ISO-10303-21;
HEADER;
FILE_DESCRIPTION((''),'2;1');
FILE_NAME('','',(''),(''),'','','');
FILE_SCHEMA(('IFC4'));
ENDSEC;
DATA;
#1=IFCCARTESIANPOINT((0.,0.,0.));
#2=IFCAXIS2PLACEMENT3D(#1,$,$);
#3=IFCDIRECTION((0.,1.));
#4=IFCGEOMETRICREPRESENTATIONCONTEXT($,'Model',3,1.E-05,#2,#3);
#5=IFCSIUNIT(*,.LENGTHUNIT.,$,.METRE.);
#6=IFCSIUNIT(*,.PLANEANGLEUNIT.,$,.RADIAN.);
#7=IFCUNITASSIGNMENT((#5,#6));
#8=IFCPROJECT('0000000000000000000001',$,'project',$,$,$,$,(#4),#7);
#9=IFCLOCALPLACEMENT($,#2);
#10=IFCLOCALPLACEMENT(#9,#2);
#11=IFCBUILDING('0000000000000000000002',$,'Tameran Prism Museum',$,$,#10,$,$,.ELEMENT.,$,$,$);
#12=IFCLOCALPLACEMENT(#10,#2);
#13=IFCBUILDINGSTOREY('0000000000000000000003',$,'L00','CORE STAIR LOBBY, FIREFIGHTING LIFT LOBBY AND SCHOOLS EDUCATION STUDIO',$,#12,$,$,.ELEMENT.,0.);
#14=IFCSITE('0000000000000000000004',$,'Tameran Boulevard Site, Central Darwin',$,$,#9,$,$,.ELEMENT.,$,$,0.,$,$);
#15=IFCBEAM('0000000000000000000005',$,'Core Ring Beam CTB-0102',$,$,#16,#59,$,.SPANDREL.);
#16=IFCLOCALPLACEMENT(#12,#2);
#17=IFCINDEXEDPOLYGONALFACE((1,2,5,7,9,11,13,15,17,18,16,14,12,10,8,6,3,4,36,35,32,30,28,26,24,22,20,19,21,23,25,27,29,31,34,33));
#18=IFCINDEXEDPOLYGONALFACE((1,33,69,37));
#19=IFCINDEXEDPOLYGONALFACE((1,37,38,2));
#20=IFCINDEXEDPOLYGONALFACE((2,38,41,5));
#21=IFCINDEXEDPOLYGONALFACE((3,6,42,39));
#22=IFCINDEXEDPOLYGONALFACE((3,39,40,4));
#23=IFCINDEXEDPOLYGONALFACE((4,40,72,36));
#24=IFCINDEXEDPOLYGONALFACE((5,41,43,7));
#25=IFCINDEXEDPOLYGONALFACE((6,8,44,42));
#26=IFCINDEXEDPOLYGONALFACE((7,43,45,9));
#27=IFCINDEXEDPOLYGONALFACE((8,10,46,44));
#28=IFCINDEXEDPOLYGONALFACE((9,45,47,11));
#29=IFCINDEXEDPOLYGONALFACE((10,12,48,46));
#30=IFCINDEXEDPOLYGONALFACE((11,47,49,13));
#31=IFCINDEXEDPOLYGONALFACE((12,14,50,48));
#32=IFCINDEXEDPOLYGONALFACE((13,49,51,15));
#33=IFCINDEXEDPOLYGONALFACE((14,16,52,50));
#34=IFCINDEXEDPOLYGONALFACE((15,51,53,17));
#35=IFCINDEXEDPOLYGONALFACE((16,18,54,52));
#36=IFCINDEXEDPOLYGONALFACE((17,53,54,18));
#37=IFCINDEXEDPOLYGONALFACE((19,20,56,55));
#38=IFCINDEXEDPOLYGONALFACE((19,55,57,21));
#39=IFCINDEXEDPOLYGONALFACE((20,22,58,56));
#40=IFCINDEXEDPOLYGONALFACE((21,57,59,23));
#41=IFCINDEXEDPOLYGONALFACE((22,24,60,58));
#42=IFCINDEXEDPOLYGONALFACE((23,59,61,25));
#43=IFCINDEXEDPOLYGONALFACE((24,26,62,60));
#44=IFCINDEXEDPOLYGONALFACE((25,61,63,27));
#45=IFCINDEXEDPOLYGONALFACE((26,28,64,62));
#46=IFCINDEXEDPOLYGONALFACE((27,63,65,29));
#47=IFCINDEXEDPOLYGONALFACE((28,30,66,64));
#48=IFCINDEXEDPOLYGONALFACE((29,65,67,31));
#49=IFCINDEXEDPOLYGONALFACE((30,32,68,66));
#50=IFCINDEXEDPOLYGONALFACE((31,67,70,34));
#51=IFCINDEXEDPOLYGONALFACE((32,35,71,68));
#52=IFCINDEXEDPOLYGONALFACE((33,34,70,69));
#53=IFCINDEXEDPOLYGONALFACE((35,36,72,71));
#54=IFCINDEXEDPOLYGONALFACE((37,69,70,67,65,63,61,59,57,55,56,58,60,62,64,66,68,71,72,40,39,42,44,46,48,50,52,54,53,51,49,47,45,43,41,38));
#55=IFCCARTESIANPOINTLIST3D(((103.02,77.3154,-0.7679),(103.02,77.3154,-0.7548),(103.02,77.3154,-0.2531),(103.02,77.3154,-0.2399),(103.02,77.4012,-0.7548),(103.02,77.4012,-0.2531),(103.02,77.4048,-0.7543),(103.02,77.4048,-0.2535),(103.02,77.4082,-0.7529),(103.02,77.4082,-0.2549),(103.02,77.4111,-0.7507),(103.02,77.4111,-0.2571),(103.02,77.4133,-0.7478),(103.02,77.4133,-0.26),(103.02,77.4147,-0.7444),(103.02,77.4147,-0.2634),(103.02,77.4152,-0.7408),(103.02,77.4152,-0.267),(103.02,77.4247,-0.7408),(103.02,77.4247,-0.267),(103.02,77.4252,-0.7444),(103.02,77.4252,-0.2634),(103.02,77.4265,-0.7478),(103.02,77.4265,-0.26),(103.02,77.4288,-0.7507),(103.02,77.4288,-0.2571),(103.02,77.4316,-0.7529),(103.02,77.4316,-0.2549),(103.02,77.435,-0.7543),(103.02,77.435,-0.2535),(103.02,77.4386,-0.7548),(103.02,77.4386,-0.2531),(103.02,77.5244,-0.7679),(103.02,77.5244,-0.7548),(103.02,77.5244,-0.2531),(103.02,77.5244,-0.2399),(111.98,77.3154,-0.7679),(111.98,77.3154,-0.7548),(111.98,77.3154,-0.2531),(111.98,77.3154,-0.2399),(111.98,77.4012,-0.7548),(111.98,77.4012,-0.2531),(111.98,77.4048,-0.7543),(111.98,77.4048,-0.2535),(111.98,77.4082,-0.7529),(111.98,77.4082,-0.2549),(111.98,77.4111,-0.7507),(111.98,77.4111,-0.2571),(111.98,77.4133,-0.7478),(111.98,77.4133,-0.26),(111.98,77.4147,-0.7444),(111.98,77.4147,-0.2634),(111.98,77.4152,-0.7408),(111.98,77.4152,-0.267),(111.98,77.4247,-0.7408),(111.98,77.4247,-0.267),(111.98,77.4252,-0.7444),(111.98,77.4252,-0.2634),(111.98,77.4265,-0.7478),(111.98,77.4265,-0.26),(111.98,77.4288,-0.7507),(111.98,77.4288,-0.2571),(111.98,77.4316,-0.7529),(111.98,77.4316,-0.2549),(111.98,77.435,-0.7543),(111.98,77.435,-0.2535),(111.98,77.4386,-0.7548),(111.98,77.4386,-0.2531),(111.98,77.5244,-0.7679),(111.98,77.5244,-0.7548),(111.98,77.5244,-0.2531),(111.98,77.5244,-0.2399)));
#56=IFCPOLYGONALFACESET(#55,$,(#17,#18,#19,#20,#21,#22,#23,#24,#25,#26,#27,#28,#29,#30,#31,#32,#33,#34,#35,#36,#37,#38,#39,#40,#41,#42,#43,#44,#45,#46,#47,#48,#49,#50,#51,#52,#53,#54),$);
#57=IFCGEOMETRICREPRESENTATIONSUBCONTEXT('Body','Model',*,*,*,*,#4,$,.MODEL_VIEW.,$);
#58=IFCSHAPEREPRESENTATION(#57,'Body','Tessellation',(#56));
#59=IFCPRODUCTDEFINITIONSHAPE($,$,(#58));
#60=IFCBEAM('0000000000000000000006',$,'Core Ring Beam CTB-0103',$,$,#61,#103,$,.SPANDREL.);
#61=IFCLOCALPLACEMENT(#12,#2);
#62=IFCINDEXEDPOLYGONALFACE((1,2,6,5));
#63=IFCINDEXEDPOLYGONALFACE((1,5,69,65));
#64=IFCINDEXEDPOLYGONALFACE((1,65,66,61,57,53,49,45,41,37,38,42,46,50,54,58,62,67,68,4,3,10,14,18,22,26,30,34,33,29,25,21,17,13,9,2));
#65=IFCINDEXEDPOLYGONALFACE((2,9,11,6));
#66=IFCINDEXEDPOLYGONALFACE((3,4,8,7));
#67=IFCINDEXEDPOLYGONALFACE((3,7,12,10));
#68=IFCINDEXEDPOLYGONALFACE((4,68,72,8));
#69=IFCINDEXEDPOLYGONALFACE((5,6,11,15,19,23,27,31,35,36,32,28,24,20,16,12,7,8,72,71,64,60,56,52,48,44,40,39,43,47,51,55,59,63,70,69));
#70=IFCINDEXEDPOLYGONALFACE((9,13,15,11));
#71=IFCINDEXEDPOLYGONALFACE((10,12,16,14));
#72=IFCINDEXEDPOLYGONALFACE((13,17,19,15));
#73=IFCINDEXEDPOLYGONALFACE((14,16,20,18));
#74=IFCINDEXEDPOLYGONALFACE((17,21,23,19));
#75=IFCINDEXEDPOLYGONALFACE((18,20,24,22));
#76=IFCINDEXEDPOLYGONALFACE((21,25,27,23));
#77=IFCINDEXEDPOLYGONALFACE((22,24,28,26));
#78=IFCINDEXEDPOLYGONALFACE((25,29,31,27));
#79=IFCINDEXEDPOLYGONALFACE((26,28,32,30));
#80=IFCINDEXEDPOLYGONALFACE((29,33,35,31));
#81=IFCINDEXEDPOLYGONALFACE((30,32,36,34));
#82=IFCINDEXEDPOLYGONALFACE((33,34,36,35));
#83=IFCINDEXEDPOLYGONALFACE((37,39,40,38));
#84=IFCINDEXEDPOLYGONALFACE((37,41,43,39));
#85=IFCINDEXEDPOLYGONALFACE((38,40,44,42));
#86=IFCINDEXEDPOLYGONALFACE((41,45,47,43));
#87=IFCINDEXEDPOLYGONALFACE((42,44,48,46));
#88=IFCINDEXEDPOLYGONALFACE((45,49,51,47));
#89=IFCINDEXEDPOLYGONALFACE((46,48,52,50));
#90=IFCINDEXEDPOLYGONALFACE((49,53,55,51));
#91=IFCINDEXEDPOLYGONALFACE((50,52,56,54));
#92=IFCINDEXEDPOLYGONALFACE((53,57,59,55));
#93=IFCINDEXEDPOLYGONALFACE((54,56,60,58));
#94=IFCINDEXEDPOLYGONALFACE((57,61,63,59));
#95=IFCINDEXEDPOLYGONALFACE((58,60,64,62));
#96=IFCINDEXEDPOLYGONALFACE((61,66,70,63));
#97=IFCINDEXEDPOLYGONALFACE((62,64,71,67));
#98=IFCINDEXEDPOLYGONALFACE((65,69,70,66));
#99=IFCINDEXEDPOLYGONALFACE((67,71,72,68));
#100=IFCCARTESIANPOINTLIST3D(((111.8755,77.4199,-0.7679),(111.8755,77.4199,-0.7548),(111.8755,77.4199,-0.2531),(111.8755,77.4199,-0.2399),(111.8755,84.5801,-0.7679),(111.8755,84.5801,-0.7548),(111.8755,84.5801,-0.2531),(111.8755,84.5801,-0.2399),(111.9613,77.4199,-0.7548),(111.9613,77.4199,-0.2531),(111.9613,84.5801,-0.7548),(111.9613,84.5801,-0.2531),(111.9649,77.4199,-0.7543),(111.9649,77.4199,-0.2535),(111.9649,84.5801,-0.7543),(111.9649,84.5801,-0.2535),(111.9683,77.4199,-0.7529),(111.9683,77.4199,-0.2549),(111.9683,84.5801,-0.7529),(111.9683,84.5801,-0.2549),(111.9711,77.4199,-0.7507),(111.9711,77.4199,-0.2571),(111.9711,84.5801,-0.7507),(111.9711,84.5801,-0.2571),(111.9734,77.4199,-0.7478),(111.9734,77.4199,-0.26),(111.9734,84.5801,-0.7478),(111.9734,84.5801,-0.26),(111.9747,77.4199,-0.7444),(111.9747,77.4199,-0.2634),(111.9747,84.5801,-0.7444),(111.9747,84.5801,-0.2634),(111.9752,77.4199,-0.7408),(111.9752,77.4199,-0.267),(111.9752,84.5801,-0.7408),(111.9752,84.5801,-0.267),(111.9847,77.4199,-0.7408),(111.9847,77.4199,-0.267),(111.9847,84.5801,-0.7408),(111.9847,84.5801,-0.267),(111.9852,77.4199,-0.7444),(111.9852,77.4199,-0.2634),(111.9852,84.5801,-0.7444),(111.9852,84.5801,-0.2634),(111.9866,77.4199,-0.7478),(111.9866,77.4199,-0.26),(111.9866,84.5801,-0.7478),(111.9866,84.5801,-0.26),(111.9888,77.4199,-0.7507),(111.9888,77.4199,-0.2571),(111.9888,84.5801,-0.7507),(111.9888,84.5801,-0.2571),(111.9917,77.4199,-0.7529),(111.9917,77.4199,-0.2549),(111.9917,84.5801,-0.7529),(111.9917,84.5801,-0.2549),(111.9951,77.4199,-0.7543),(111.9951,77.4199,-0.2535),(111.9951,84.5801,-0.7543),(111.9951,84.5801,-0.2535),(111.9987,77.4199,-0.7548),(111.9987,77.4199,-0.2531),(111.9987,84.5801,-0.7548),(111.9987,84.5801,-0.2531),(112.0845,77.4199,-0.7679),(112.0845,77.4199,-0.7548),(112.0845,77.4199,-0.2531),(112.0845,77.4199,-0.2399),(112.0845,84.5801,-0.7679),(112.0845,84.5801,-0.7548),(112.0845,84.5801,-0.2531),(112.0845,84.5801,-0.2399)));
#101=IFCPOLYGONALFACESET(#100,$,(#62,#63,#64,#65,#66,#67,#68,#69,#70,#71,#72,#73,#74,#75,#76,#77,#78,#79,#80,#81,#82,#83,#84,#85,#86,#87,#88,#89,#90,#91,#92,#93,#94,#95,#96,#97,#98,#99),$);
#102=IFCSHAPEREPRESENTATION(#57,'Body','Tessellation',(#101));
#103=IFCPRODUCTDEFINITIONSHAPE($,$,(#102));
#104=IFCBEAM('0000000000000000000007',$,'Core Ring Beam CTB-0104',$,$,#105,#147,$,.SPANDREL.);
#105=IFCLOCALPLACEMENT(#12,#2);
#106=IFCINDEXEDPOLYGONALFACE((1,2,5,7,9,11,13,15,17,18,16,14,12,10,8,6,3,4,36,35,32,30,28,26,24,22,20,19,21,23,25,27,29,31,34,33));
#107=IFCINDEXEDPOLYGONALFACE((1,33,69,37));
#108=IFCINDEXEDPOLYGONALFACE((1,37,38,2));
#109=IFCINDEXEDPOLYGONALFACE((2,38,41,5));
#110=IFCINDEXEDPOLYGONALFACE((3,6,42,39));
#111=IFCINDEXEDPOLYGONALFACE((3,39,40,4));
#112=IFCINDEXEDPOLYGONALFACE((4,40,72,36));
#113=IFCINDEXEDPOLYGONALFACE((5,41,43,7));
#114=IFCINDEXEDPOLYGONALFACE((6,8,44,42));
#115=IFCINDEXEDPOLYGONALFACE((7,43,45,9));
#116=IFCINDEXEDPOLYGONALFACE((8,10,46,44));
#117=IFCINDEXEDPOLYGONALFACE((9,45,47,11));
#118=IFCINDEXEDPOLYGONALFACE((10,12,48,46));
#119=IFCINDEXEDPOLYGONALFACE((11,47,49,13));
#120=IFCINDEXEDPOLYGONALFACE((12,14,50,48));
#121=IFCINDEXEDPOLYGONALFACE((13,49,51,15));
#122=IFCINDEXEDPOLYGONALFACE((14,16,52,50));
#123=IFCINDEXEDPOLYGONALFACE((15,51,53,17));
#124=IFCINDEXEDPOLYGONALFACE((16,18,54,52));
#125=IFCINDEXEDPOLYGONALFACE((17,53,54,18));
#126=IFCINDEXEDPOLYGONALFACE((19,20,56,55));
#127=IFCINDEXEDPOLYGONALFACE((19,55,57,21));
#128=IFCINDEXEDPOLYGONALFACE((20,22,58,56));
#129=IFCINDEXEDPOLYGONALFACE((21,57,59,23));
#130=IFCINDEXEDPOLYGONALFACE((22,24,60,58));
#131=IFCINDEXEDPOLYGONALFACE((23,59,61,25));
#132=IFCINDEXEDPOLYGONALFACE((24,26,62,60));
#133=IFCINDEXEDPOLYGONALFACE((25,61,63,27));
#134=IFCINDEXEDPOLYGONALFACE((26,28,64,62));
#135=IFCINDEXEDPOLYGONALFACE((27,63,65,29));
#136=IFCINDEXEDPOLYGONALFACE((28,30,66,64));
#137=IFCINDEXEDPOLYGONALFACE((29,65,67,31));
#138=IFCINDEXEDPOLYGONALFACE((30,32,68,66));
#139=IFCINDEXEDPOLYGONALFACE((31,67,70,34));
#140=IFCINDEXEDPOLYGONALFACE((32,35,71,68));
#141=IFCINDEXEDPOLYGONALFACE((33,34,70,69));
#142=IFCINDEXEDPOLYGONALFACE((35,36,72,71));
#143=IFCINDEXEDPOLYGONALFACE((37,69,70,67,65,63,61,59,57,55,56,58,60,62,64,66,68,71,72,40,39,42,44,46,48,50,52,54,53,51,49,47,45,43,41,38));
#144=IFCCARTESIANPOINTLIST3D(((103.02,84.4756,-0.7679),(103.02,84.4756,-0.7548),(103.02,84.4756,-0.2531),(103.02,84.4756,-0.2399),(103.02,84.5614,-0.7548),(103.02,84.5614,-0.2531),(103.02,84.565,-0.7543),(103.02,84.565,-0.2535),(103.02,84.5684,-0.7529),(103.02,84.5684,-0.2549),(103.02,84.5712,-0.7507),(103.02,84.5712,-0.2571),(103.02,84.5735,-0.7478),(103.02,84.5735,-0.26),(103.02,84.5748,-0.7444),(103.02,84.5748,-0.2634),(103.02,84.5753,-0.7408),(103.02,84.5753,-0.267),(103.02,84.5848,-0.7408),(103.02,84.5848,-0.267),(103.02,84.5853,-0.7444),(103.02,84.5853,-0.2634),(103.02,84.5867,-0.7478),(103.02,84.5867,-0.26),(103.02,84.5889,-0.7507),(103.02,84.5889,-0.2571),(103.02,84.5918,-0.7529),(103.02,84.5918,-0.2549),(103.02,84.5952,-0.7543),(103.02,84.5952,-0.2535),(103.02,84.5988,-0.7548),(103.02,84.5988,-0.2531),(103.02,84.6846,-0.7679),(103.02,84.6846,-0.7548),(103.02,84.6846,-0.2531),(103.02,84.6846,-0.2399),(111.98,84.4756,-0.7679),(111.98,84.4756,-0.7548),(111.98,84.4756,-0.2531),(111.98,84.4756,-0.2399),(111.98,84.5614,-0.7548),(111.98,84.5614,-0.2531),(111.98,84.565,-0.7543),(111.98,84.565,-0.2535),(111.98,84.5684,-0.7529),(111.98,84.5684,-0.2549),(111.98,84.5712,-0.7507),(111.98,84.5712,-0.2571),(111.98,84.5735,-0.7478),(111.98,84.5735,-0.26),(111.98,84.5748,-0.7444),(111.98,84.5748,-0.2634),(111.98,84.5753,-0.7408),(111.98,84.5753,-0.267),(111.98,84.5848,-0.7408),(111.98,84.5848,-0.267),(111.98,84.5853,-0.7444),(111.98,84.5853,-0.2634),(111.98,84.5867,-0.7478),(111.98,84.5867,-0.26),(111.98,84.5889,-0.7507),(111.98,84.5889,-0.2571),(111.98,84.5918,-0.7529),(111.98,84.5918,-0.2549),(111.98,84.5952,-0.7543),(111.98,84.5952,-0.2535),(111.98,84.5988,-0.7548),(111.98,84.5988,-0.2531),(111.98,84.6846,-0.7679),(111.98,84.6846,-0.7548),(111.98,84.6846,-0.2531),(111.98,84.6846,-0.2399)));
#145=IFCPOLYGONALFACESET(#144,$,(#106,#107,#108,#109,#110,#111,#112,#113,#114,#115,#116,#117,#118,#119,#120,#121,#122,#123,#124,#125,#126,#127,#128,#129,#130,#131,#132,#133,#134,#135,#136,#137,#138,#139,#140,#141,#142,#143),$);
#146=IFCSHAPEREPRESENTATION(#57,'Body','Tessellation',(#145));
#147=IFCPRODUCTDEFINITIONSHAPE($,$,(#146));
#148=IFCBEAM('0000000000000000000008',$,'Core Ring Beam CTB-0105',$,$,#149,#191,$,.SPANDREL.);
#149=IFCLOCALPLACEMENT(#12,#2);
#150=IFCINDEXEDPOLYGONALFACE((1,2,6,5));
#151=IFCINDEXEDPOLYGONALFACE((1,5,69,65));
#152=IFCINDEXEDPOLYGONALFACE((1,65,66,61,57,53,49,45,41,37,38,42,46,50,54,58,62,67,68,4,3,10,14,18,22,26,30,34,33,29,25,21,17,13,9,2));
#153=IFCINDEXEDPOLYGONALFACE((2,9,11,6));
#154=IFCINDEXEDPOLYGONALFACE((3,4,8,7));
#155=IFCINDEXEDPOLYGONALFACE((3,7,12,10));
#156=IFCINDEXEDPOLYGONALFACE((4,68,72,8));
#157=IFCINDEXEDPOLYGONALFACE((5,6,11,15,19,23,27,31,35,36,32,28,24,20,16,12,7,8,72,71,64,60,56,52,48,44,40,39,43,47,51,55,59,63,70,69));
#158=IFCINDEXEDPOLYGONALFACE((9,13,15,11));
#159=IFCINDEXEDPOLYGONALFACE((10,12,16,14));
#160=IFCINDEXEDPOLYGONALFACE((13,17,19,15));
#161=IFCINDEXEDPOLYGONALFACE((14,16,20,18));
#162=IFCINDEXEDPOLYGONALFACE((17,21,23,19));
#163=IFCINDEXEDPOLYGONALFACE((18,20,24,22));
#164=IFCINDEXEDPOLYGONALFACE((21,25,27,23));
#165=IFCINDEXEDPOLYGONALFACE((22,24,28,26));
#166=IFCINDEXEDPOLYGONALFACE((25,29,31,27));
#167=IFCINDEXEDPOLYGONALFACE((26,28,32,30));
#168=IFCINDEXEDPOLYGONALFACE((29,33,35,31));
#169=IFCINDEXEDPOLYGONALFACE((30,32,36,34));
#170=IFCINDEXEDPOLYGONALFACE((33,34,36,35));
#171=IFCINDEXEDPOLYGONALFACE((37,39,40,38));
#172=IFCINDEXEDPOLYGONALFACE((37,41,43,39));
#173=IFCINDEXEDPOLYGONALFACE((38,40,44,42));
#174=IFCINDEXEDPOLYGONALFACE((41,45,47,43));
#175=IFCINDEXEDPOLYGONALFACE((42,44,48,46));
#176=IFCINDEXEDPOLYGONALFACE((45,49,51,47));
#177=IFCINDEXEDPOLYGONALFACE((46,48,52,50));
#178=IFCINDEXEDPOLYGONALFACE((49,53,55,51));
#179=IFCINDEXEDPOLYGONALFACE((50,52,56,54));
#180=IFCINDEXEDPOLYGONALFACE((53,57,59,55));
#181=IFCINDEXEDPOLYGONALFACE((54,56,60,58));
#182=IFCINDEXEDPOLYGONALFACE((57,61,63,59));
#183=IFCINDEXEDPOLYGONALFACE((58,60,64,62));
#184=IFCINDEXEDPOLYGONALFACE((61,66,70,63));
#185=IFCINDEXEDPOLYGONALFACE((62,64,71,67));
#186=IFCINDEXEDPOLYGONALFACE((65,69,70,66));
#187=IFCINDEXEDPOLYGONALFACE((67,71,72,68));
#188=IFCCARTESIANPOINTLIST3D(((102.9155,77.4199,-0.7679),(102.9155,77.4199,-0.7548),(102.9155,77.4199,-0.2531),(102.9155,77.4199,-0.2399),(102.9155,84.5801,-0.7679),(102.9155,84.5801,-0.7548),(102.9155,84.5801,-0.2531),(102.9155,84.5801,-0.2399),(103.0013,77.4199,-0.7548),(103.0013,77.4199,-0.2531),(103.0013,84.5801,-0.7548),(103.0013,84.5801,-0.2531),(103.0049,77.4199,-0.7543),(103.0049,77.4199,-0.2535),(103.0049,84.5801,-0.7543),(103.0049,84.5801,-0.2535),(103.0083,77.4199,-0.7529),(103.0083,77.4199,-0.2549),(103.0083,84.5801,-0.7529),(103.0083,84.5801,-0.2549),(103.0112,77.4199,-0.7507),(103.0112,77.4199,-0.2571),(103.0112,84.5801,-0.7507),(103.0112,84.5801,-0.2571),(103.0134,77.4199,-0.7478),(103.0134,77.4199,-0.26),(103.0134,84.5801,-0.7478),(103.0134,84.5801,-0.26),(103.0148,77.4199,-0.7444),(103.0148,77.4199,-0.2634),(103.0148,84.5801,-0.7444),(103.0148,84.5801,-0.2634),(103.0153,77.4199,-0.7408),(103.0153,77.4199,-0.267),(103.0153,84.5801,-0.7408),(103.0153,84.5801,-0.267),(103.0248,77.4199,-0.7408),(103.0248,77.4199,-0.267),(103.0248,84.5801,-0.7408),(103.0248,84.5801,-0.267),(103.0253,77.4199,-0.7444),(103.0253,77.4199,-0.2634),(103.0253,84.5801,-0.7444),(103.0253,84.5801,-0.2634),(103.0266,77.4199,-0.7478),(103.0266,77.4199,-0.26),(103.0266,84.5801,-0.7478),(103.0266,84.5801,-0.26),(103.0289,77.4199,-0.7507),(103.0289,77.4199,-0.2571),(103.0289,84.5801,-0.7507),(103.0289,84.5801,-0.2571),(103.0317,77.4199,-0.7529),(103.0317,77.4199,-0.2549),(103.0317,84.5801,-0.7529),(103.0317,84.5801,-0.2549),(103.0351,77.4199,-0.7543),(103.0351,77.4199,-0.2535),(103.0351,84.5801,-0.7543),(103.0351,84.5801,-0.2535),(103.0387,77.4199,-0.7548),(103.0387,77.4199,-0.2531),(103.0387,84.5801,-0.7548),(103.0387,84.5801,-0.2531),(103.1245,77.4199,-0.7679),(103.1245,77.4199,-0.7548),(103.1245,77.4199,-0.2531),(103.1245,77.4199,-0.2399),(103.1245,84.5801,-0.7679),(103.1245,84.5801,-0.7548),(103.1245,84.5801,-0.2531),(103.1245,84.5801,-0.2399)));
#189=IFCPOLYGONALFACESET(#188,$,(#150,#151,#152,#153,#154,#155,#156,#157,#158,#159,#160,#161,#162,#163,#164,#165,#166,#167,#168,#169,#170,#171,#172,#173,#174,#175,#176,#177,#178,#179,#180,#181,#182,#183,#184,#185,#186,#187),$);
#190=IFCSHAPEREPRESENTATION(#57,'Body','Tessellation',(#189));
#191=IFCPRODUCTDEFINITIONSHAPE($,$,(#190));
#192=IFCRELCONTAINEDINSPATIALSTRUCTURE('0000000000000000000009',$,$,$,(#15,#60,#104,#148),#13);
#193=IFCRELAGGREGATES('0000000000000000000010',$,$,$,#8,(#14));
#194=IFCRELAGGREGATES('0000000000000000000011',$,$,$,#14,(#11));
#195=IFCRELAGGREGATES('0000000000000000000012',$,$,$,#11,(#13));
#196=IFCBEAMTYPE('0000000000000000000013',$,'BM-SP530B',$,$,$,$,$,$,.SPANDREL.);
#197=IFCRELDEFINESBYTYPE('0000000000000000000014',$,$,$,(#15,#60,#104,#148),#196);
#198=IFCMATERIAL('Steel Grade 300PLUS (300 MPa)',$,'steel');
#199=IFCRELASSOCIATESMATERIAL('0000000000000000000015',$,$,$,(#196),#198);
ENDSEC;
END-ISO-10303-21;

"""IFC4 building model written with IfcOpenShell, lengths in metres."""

from ifc_helpers import new_model, si_unit, direction, frame, origin, origin_2d, place, context, subcontext, project, spatial, i_section, extrude, material, material_profile, profile_set, type_object, element, save


model = new_model("IFC4")

# Units and contexts
model_context = context("Model", 3, precision=1e-05, world=origin(), true_north=direction((0.0, 1.0)))
body_context = subcontext(model_context, "Body", "Model", "MODEL_VIEW")
ifc_project = project(units=[si_unit("LENGTHUNIT", "METRE"), si_unit("PLANEANGLEUNIT", "RADIAN")], contexts=[model_context])

# Site, building, storey
site_placement = place(None, origin())
site = spatial("IfcSite", under=ifc_project, at=site_placement, Name="Tameran Boulevard Site, Central Darwin", CompositionType="ELEMENT", RefElevation=0.0)
building_placement = place(site_placement, origin())
building = spatial("IfcBuilding", under=site, at=building_placement, Name="Tameran Prism Museum", CompositionType="ELEMENT")
storey_placement = place(building_placement, origin())
storey = spatial("IfcBuildingStorey", under=building, at=storey_placement, Name="L00", Description="CORE STAIR LOBBY, FIREFIGHTING LIFT LOBBY AND SCHOOLS EDUCATION STUDIO", CompositionType="ELEMENT", Elevation=0.0)

# Beams
ifc_material_1 = material(Name="Steel Grade 300PLUS (300 MPa)", Category="steel")
ifc_material_profile_1 = material_profile(ifc_material_1, i_section(OverallWidth=0.209, OverallDepth=0.5281, WebThickness=0.0095, FlangeThickness=0.0132, FilletRadius=0.0139, at=origin_2d()))
ifc_profile_set_1 = profile_set([ifc_material_profile_1])
beam_type_1 = type_object("IfcBeamType", Name="BM-SP530B", PredefinedType="SPANDREL", material=ifc_profile_set_1)
beam_1_placement = place(storey_placement, frame((103.02, 77.4199, -0.5039), z_axis=(1.0, 0.0, 0.0), x_axis=(0.0, 1.0, 0.0)))
element("IfcBeam", 1, at=beam_1_placement, inside=storey, type_object=beam_type_1, Name="Core Ring Beam CTB-0102", PredefinedType="SPANDREL", context=body_context, shape_type="SweptSolid", body=[
    extrude(i_section(OverallWidth=0.209, OverallDepth=0.5281, WebThickness=0.0095, FlangeThickness=0.0132, FilletRadius=0.0139, at=origin_2d()), origin(), (0.0, 0.0, 1.0), 8.96),
])
beam_2_placement = place(storey_placement, frame((111.98, 77.4199, -0.5039), z_axis=(0.0, 1.0, 0.0), x_axis=(-1.0, 0.0, 0.0)))
element("IfcBeam", 2, at=beam_2_placement, inside=storey, type_object=beam_type_1, Name="Core Ring Beam CTB-0103", PredefinedType="SPANDREL", context=body_context, shape_type="SweptSolid", body=[
    extrude(i_section(OverallWidth=0.209, OverallDepth=0.5281, WebThickness=0.0095, FlangeThickness=0.0132, FilletRadius=0.0139, at=origin_2d()), origin(), (0.0, 0.0, 1.0), 7.1602),
])
beam_3_placement = place(storey_placement, frame((111.98, 84.5801, -0.5039), z_axis=(-1.0, 0.0, 0.0), x_axis=(0.0, -1.0, 0.0)))
element("IfcBeam", 3, at=beam_3_placement, inside=storey, type_object=beam_type_1, Name="Core Ring Beam CTB-0104", PredefinedType="SPANDREL", context=body_context, shape_type="SweptSolid", body=[
    extrude(i_section(OverallWidth=0.209, OverallDepth=0.5281, WebThickness=0.0095, FlangeThickness=0.0132, FilletRadius=0.0139, at=origin_2d()), origin(), (0.0, 0.0, 1.0), 8.96),
])
beam_4_placement = place(storey_placement, frame((103.02, 84.5801, -0.5039), z_axis=(0.0, -1.0, 0.0), x_axis=(1.0, 0.0, 0.0)))
element("IfcBeam", 4, at=beam_4_placement, inside=storey, type_object=beam_type_1, Name="Core Ring Beam CTB-0105", PredefinedType="SPANDREL", context=body_context, shape_type="SweptSolid", body=[
    extrude(i_section(OverallWidth=0.209, OverallDepth=0.5281, WebThickness=0.0095, FlangeThickness=0.0132, FilletRadius=0.0139, at=origin_2d()), origin(), (0.0, 0.0, 1.0), 7.1602),
])

save(model, "model.ifc")
